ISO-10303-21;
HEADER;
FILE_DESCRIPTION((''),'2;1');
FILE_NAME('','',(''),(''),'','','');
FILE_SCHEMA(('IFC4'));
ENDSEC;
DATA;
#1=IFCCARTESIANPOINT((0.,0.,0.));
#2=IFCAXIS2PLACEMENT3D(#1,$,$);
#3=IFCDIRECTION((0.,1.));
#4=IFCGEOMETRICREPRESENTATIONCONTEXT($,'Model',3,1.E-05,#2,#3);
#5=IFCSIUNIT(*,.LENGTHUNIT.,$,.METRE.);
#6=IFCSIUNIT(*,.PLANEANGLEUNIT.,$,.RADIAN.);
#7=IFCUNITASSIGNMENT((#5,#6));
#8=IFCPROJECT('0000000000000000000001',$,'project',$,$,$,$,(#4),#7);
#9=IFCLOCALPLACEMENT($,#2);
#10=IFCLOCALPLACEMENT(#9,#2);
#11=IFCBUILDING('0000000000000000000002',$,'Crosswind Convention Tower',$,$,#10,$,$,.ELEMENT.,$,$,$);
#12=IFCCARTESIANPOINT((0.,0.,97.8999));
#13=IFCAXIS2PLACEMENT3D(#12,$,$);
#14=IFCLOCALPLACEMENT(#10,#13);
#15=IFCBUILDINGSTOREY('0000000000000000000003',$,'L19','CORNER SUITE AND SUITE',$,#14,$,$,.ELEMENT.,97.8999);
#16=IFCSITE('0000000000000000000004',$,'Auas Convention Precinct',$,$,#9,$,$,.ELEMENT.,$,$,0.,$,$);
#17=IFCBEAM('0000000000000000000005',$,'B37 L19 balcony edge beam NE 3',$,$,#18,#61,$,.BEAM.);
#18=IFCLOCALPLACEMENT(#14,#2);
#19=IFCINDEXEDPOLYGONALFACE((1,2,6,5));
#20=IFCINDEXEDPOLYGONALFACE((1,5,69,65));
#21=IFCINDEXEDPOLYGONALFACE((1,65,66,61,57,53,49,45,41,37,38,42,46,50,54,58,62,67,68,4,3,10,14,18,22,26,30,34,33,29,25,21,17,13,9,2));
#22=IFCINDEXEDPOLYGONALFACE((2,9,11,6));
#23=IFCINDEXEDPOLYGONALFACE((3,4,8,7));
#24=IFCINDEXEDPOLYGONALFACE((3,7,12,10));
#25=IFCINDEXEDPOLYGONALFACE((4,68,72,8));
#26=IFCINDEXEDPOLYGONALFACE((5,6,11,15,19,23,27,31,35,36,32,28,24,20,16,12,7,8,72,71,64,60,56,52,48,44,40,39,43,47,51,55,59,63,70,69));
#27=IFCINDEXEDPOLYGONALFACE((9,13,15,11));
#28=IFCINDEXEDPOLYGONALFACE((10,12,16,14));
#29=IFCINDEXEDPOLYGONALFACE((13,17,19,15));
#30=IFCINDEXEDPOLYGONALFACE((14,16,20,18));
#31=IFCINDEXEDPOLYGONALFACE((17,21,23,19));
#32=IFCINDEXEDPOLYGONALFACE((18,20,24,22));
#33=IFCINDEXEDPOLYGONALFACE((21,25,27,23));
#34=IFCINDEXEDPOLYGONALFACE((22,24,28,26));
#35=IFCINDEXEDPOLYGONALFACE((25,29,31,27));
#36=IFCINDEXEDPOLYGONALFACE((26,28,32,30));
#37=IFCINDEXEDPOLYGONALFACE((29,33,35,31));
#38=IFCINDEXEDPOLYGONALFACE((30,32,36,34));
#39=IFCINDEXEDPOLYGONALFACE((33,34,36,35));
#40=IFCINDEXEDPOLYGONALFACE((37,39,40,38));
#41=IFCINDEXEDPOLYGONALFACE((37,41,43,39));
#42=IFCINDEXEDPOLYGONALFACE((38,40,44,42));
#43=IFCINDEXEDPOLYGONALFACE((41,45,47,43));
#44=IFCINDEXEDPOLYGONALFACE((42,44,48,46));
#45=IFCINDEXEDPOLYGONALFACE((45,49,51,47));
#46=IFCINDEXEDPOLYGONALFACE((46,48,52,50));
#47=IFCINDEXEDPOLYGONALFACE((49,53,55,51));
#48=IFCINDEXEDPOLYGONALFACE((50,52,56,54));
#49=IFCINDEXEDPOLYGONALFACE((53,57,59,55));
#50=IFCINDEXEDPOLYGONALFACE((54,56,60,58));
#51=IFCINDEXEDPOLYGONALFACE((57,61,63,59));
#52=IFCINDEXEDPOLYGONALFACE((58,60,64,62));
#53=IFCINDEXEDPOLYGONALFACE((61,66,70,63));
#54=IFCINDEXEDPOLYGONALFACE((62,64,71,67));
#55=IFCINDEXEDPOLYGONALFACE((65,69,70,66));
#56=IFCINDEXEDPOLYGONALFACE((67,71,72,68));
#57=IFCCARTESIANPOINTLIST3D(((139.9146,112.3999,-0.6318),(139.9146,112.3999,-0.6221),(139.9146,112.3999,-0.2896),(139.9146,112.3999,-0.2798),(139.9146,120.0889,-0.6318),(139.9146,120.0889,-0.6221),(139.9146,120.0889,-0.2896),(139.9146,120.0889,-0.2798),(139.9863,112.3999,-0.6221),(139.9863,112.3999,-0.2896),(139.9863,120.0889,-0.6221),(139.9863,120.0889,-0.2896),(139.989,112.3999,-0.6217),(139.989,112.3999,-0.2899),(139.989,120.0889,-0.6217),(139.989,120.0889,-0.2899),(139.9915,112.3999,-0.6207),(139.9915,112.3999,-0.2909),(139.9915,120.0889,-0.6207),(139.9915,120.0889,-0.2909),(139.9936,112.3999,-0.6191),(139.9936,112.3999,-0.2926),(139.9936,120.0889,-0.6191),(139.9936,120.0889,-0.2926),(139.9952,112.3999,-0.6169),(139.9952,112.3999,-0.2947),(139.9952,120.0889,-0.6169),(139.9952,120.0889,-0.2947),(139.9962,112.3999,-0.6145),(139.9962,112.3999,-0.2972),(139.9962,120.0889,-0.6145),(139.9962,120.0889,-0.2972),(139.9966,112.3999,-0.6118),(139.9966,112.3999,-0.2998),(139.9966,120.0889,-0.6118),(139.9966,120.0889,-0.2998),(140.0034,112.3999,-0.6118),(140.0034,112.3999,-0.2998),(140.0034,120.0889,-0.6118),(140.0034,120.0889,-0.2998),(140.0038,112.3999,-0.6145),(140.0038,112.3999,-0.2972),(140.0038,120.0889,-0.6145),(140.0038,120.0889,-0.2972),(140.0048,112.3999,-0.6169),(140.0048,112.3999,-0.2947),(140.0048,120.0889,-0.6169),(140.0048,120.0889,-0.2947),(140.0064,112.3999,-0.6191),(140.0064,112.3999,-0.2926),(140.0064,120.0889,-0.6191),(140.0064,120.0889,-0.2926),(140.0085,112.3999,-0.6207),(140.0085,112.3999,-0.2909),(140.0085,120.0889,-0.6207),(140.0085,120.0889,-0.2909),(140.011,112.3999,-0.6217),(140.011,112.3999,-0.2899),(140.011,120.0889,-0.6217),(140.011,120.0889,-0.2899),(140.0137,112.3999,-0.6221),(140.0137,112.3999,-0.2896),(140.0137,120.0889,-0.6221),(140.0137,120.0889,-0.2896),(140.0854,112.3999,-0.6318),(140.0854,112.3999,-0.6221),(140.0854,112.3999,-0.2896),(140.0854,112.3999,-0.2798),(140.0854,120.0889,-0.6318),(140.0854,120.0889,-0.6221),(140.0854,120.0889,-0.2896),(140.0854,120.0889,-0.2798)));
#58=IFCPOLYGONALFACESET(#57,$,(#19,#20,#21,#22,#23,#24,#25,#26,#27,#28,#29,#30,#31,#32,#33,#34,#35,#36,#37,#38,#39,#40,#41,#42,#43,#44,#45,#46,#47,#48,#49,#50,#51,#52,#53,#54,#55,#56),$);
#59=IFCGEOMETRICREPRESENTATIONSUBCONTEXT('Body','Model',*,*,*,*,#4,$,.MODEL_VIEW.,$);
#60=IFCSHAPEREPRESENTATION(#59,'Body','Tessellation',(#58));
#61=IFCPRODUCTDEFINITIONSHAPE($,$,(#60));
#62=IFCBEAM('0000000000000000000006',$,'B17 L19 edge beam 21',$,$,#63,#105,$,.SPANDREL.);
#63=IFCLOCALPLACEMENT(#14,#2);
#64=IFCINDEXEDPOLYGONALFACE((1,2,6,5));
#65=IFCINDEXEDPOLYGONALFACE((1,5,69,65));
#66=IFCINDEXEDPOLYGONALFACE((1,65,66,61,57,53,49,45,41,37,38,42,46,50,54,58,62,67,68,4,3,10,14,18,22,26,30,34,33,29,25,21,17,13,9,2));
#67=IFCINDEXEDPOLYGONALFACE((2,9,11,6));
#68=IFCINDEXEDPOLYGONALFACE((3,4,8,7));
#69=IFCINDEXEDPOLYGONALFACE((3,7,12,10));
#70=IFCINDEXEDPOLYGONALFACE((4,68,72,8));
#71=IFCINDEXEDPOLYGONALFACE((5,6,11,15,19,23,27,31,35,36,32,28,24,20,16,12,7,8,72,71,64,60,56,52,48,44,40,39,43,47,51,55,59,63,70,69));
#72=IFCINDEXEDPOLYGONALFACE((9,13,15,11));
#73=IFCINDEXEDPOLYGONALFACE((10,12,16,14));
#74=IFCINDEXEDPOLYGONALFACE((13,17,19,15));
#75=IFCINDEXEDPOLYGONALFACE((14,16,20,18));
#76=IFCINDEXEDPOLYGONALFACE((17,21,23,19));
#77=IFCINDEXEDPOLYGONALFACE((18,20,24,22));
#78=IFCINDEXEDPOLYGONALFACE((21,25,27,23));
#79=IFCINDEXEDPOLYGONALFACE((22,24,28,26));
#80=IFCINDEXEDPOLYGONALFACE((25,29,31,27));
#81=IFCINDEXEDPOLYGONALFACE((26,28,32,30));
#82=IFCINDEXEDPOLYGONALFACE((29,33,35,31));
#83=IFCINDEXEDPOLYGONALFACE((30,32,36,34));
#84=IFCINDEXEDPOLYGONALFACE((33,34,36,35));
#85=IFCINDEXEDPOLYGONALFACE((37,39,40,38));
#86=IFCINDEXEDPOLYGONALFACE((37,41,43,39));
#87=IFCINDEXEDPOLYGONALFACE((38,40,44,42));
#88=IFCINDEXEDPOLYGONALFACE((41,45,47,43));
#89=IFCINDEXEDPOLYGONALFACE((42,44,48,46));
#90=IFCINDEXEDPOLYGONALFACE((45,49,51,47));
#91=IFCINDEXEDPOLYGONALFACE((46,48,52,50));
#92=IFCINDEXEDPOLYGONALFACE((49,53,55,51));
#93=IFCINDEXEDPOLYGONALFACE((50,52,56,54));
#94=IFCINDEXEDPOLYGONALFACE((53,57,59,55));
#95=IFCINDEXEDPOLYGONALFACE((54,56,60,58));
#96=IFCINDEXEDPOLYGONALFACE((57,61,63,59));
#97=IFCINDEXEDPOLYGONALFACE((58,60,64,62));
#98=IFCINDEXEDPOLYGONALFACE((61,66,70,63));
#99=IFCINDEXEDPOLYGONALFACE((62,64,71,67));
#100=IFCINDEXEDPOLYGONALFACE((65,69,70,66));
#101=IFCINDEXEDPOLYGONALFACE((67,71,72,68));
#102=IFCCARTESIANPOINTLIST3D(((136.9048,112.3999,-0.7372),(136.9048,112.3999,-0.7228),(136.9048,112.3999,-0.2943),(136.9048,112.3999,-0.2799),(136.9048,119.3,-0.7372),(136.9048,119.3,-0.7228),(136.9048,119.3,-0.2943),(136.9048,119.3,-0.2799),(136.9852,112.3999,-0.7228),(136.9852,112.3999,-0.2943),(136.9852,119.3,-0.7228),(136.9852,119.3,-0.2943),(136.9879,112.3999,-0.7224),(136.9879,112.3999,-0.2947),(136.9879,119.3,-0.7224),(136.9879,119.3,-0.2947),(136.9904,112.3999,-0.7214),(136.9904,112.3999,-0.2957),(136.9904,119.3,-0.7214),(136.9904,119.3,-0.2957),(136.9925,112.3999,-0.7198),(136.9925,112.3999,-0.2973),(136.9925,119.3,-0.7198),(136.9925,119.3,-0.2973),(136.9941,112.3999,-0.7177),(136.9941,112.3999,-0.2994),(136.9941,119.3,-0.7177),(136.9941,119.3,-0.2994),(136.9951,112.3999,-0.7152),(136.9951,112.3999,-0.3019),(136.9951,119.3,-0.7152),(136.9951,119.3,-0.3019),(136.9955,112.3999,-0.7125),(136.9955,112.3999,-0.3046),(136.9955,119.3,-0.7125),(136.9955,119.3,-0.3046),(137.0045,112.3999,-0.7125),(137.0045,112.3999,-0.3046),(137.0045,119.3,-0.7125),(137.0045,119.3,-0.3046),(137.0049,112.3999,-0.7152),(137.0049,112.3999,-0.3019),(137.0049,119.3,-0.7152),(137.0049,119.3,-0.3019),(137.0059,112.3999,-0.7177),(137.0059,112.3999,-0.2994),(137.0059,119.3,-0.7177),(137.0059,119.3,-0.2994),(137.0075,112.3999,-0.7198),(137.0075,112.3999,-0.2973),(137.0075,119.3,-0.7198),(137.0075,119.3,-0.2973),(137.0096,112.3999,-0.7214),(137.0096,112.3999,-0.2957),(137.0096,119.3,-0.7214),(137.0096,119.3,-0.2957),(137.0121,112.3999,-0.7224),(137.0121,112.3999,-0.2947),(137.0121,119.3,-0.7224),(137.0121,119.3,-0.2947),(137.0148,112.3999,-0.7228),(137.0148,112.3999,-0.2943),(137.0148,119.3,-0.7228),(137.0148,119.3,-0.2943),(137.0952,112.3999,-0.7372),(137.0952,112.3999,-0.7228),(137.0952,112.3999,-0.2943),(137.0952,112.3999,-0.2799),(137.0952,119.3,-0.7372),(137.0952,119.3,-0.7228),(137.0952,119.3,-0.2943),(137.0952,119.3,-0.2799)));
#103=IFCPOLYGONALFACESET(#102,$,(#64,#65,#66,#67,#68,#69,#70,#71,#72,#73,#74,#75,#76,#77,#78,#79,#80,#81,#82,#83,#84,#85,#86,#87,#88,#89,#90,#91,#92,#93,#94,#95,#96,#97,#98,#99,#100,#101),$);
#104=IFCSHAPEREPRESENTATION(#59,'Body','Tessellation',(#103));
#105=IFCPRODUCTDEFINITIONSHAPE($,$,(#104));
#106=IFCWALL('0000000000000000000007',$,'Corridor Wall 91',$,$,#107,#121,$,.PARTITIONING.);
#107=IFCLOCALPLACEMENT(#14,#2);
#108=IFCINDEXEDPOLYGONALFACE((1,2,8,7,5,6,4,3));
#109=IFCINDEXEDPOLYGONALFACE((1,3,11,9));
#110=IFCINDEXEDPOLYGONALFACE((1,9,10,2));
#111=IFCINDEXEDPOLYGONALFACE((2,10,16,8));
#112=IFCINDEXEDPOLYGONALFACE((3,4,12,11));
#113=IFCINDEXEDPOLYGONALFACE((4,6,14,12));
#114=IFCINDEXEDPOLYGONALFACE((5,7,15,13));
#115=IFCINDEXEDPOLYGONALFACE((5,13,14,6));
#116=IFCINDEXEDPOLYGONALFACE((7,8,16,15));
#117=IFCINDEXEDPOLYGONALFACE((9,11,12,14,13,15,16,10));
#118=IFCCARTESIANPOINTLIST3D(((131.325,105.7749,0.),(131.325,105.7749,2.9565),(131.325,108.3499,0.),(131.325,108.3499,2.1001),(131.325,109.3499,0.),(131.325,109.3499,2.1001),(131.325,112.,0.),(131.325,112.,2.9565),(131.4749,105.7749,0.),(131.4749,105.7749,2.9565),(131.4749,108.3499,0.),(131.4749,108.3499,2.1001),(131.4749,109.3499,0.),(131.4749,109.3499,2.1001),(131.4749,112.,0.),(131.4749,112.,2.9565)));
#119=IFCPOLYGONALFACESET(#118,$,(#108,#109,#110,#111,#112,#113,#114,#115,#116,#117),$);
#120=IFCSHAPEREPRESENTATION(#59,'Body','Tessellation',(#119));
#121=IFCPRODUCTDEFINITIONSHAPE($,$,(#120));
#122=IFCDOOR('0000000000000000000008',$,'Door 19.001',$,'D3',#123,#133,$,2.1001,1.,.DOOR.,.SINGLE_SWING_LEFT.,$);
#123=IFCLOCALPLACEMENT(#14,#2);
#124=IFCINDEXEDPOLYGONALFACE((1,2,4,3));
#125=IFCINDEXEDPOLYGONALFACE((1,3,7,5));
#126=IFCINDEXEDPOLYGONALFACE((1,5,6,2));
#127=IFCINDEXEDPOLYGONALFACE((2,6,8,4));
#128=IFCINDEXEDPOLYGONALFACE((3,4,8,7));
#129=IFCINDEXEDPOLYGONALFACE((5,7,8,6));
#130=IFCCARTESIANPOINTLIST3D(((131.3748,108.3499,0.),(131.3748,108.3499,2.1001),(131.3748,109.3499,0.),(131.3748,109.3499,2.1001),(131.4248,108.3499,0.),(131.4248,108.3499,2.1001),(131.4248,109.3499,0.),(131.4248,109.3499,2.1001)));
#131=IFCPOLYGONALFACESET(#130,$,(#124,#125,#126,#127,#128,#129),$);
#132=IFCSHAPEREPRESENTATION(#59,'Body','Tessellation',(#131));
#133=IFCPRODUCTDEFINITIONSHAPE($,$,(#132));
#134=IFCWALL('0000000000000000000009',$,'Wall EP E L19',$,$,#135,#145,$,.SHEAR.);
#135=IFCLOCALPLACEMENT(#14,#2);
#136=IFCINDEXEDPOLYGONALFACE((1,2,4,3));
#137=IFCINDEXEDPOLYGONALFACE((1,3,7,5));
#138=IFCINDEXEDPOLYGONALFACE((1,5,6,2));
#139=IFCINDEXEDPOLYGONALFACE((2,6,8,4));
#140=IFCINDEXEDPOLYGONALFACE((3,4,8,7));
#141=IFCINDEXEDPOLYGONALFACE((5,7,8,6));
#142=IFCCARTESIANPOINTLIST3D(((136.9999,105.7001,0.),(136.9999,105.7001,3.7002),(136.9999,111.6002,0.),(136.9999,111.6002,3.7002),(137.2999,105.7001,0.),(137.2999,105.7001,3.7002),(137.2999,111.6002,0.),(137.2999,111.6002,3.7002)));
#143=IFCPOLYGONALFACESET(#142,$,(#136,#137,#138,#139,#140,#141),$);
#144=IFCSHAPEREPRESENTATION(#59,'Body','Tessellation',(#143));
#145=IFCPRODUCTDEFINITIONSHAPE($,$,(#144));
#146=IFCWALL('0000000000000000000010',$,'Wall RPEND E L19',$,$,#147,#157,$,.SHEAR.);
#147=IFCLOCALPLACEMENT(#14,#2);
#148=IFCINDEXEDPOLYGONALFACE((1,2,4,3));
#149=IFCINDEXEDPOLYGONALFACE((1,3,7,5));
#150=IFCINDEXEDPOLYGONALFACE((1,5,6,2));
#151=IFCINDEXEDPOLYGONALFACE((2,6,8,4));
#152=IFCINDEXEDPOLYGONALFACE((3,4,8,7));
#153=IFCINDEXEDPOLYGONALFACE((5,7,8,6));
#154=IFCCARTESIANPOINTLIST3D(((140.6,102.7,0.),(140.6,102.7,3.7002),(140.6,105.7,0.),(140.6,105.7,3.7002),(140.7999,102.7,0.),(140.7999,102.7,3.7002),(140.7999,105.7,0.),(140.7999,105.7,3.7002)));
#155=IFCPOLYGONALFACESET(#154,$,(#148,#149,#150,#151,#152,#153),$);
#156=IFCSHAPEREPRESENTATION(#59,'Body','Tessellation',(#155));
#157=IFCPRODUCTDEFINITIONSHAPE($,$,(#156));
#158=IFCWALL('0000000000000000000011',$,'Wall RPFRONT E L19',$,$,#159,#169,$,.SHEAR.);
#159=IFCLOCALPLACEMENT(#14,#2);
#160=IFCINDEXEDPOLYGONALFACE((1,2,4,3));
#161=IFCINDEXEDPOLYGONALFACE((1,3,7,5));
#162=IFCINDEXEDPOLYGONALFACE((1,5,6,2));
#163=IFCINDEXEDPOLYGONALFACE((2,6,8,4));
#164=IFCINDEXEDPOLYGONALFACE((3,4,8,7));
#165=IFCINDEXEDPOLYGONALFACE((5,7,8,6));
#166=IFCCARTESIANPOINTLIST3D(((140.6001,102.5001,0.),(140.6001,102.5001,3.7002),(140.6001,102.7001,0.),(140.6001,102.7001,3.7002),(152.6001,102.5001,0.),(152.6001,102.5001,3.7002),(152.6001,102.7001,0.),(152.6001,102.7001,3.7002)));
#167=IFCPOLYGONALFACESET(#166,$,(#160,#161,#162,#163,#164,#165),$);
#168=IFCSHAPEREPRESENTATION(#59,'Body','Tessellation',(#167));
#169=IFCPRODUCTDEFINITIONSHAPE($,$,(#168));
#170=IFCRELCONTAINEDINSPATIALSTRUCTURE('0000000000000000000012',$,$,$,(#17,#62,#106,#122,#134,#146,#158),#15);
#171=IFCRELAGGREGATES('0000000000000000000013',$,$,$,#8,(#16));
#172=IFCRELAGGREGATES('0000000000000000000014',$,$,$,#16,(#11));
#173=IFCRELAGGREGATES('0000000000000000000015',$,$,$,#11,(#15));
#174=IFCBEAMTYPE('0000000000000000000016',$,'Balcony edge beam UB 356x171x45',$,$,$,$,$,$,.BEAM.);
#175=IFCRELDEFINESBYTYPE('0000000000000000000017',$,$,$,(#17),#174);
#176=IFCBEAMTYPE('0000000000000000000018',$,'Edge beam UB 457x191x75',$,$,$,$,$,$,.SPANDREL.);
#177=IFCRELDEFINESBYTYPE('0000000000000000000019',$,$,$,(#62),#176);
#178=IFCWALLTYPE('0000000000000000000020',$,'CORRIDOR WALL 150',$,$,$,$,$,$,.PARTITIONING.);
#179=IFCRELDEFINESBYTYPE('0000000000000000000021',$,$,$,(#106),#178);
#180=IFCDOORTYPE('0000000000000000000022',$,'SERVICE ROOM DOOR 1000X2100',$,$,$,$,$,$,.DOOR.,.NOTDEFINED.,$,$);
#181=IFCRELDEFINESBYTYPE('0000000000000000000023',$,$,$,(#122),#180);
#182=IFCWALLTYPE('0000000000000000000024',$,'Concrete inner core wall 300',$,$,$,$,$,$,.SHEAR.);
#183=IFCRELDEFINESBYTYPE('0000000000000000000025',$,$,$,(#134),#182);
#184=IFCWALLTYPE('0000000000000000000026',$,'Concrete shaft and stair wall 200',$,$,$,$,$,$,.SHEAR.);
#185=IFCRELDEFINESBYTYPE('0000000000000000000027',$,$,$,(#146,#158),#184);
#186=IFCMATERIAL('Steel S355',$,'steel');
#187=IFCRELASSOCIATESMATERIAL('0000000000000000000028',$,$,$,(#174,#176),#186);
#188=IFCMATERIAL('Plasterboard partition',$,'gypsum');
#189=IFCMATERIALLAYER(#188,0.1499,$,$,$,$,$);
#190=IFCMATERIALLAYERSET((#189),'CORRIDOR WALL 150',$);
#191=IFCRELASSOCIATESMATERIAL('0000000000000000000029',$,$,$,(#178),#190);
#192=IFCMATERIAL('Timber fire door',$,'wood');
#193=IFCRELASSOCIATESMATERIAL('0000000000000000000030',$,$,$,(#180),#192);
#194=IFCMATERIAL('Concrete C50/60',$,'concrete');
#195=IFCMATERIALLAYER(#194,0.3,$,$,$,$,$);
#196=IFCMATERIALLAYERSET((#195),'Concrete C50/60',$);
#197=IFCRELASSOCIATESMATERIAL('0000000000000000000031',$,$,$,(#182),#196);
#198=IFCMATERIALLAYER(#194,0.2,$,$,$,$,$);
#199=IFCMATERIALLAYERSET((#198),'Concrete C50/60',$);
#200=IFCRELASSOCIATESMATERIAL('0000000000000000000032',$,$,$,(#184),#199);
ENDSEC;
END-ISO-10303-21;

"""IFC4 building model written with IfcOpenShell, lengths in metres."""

from ifc_helpers import new_model, si_unit, direction, frame, frame_2d, origin, origin_2d, place, context, subcontext, project, spatial, rectangle, i_section, extrude, material, layer, layer_set, material_profile, profile_set, type_object, element, fill, save


model = new_model("IFC4")

# Units and contexts
model_context = context("Model", 3, precision=1e-05, world=origin(), true_north=direction((0.0, 1.0)))
body_context = subcontext(model_context, "Body", "Model", "MODEL_VIEW")
ifc_project = project(units=[si_unit("LENGTHUNIT", "METRE"), si_unit("PLANEANGLEUNIT", "RADIAN")], contexts=[model_context])

# Site, building, storey
site_placement = place(None, origin())
site = spatial("IfcSite", under=ifc_project, at=site_placement, Name="Auas Convention Precinct", CompositionType="ELEMENT", RefElevation=0.0)
building_placement = place(site_placement, origin())
building = spatial("IfcBuilding", under=site, at=building_placement, Name="Crosswind Convention Tower", CompositionType="ELEMENT")
storey_placement = place(building_placement, frame((0.0, 0.0, 97.8999)))
storey = spatial("IfcBuildingStorey", under=building, at=storey_placement, Name="L19", Description="CORNER SUITE AND SUITE", CompositionType="ELEMENT", Elevation=97.8999)

# Beams
ifc_material_1 = material(Name="Steel S355", Category="steel")
ifc_material_profile_1 = material_profile(ifc_material_1, i_section(OverallWidth=0.1709, OverallDepth=0.3521, WebThickness=0.0068, FlangeThickness=0.0098, FilletRadius=0.0103, at=origin_2d()), Name="UB 356x171x45")
ifc_profile_set_1 = profile_set([ifc_material_profile_1], Name="Steel S355")
beam_type_1 = type_object("IfcBeamType", Name="Balcony edge beam UB 356x171x45", PredefinedType="BEAM", material=ifc_profile_set_1)
beam_1_placement = place(storey_placement, frame((140.0, 112.3999, -0.4558), z_axis=(0.0, 1.0, 0.0), x_axis=(-1.0, 0.0, 0.0)))
element("IfcBeam", 1, at=beam_1_placement, inside=storey, type_object=beam_type_1, Name="B37 L19 balcony edge beam NE 3", PredefinedType="BEAM", context=body_context, shape_type="SweptSolid", body=[
    extrude(i_section(OverallWidth=0.1709, OverallDepth=0.3521, WebThickness=0.0068, FlangeThickness=0.0098, FilletRadius=0.0103, at=origin_2d()), origin(), (0.0, 0.0, 1.0), 7.689),
])
ifc_material_profile_2 = material_profile(ifc_material_1, i_section(OverallWidth=0.1904, OverallDepth=0.4573, WebThickness=0.009, FlangeThickness=0.0144, FilletRadius=0.0103, at=origin_2d()), Name="UB 457x191x75")
ifc_profile_set_2 = profile_set([ifc_material_profile_2], Name="Steel S355")
beam_type_2 = type_object("IfcBeamType", Name="Edge beam UB 457x191x75", PredefinedType="SPANDREL", material=ifc_profile_set_2)
beam_2_placement = place(storey_placement, frame((137.0, 112.3999, -0.5085), z_axis=(0.0, 1.0, 0.0), x_axis=(-1.0, 0.0, 0.0)))
element("IfcBeam", 2, at=beam_2_placement, inside=storey, type_object=beam_type_2, Name="B17 L19 edge beam 21", PredefinedType="SPANDREL", context=body_context, shape_type="SweptSolid", body=[
    extrude(i_section(OverallWidth=0.1904, OverallDepth=0.4573, WebThickness=0.009, FlangeThickness=0.0144, FilletRadius=0.0103, at=origin_2d()), origin(), (0.0, 0.0, 1.0), 6.9001),
])

# Wall, opening, door
ifc_material_2 = material(Name="Plasterboard partition", Category="gypsum")
ifc_layer_1 = layer(ifc_material_2, 0.1499)
ifc_layer_set_1 = layer_set([ifc_layer_1], Name="CORRIDOR WALL 150")
wall_type_1 = type_object("IfcWallType", Name="CORRIDOR WALL 150", PredefinedType="PARTITIONING", material=ifc_layer_set_1)
wall_1_placement = place(storey_placement, frame((131.3999, 105.7749, 0.0), z_axis=(0.0, 0.0, 1.0), x_axis=(0.0, 1.0, 0.0)))
wall_1 = element("IfcWall", 3, at=wall_1_placement, inside=storey, type_object=wall_type_1, Name="Corridor Wall 91", PredefinedType="PARTITIONING", context=body_context, shape_type="SweptSolid", body=[
    extrude(rectangle(XDim=6.2251, YDim=0.1499, at=frame_2d((3.1125, 0.0))), origin(), (0.0, 0.0, 1.0), 2.9565),
])
opening_1_placement = place(wall_1_placement, frame((2.575, 0.0, 0.0)))
opening_1 = element("IfcOpeningElement", 4, at=opening_1_placement, cuts=wall_1, PredefinedType="OPENING", context=body_context, shape_type="SweptSolid", body=[
    extrude(rectangle(XDim=1.0, YDim=2.1001, at=frame_2d((0.5, 1.05))), frame((0.0, 0.085, 0.0), z_axis=(0.0, -1.0, 0.0), x_axis=(1.0, 0.0, 0.0)), (0.0, 0.0, 1.0), 0.1699),
])
ifc_material_3 = material(Name="Timber fire door", Category="wood")
door_type_1 = type_object("IfcDoorType", Name="SERVICE ROOM DOOR 1000X2100", OperationType="NOTDEFINED", PredefinedType="DOOR", material=ifc_material_3)
door_1_placement = place(opening_1_placement, frame((1.0, 0.0, 0.0), z_axis=(0.0, 0.0, 1.0), x_axis=(-1.0, 0.0, 0.0)))
door_1 = element("IfcDoor", 5, at=door_1_placement, inside=storey, type_object=door_type_1, Name="Door 19.001", ObjectType="D3", OperationType="SINGLE_SWING_LEFT", OverallHeight=2.1001, OverallWidth=1.0, PredefinedType="DOOR", context=body_context, shape_type="SweptSolid", body=[
    extrude(rectangle(XDim=1.0, YDim=2.1001, at=frame_2d((0.5, 1.05))), frame((0.0, 0.0249, 0.0), z_axis=(0.0, -1.0, 0.0), x_axis=(1.0, 0.0, 0.0)), (0.0, 0.0, 1.0), 0.05),
])
fill(opening_1, door_1)

# Walls
ifc_material_4 = material(Name="Concrete C50/60", Category="concrete")
ifc_layer_2 = layer(ifc_material_4, 0.3)
ifc_layer_set_2 = layer_set([ifc_layer_2], Name="Concrete C50/60")
wall_type_2 = type_object("IfcWallType", Name="Concrete inner core wall 300", PredefinedType="SHEAR", material=ifc_layer_set_2)
wall_2_placement = place(storey_placement, frame((137.1499, 105.7, 0.0), z_axis=(0.0, 0.0, 1.0), x_axis=(0.0, 1.0, 0.0)))
element("IfcWall", 6, at=wall_2_placement, inside=storey, type_object=wall_type_2, Name="Wall EP E L19", PredefinedType="SHEAR", context=body_context, shape_type="SweptSolid", body=[
    extrude(rectangle(XDim=5.9001, YDim=0.3, at=frame_2d((2.9502, 0.0))), origin(), (0.0, 0.0, 1.0), 3.7002),
])
ifc_layer_3 = layer(ifc_material_4, 0.2)
ifc_layer_set_3 = layer_set([ifc_layer_3], Name="Concrete C50/60")
wall_type_3 = type_object("IfcWallType", Name="Concrete shaft and stair wall 200", PredefinedType="SHEAR", material=ifc_layer_set_3)
wall_3_placement = place(storey_placement, frame((140.7, 102.7, 0.0), z_axis=(0.0, 0.0, 1.0), x_axis=(0.0, 1.0, 0.0)))
element("IfcWall", 7, at=wall_3_placement, inside=storey, type_object=wall_type_3, Name="Wall RPEND E L19", PredefinedType="SHEAR", context=body_context, shape_type="SweptSolid", body=[
    extrude(rectangle(XDim=3.0, YDim=0.2, at=frame_2d((1.5, 0.0))), origin(), (0.0, 0.0, 1.0), 3.7002),
])
wall_4_placement = place(storey_placement, frame((140.6001, 102.6001, 0.0), z_axis=(0.0, 0.0, 1.0), x_axis=(1.0, 0.0, 0.0)))
element("IfcWall", 8, at=wall_4_placement, inside=storey, type_object=wall_type_3, Name="Wall RPFRONT E L19", PredefinedType="SHEAR", context=body_context, shape_type="SweptSolid", body=[
    extrude(rectangle(XDim=12.0, YDim=0.2, at=frame_2d((6.0, 0.0))), origin(), (0.0, 0.0, 1.0), 3.7002),
])

save(model, "model.ifc")
